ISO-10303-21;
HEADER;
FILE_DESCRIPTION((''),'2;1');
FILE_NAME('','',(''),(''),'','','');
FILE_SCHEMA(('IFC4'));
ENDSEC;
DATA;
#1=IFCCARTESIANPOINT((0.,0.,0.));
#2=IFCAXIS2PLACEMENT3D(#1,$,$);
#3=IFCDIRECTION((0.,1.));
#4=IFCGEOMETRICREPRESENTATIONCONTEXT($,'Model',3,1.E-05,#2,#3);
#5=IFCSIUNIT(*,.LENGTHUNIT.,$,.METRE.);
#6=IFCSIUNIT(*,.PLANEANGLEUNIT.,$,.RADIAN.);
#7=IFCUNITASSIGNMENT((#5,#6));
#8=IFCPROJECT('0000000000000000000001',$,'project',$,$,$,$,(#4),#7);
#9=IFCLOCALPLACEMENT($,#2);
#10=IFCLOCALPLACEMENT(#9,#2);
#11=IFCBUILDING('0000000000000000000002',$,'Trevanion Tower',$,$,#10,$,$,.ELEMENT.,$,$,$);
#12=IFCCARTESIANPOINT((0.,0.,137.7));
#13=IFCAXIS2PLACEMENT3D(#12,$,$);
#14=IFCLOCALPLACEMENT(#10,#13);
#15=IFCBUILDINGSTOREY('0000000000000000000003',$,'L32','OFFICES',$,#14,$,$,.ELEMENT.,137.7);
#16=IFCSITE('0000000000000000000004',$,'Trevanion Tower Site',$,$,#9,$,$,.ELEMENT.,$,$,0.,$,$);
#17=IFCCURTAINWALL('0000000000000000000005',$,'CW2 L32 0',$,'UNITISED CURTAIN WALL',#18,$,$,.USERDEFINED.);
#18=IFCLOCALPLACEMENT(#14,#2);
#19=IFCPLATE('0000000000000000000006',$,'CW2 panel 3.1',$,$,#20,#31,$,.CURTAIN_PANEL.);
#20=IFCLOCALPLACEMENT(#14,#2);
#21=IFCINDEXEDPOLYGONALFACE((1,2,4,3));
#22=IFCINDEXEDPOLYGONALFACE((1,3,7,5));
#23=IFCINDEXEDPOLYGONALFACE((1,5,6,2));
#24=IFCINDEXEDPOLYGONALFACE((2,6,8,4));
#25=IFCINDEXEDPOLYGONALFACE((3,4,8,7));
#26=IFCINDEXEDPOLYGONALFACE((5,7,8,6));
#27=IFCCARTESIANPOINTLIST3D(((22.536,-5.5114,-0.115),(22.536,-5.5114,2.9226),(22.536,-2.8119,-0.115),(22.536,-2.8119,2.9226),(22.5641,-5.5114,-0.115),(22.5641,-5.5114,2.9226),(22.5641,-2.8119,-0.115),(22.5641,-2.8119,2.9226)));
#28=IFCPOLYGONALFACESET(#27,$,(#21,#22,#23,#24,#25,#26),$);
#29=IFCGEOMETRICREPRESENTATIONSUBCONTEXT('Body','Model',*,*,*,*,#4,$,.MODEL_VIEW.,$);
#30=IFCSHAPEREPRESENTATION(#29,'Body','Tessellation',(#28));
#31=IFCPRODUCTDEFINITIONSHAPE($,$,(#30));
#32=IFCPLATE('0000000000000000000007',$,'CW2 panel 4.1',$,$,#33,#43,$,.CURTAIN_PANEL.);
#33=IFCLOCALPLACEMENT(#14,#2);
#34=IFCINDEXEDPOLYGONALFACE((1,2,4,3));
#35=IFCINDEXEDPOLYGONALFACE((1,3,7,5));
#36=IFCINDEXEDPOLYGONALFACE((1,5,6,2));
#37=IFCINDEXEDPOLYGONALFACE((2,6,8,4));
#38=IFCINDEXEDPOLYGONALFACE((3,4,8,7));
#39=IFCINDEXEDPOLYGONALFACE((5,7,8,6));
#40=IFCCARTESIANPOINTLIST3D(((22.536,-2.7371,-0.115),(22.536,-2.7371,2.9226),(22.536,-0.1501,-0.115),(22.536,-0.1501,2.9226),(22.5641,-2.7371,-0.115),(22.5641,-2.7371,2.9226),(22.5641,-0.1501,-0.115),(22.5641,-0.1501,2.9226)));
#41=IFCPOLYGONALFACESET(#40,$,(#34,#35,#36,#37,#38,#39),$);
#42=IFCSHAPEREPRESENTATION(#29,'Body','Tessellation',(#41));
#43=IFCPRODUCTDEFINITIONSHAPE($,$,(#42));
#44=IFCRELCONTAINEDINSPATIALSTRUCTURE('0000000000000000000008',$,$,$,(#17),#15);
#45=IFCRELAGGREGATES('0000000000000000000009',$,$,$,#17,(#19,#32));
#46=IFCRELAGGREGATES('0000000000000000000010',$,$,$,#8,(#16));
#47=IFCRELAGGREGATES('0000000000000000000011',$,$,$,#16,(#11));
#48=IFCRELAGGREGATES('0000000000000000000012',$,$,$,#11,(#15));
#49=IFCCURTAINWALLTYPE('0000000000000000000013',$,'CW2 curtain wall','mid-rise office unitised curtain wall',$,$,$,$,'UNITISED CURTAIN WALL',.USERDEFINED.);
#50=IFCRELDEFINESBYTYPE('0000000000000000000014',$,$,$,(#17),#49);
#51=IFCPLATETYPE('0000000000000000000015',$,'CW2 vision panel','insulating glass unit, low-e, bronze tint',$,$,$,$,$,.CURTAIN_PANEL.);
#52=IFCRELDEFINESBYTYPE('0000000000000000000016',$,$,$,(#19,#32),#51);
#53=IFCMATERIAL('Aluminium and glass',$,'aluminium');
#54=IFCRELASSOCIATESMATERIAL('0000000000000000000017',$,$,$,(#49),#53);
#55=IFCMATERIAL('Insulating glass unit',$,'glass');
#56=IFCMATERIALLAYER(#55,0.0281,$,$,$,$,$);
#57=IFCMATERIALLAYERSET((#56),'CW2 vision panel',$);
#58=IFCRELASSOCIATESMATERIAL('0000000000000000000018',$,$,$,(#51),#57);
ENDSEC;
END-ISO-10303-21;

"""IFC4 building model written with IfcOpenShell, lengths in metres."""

from ifc_helpers import new_model, si_unit, direction, frame, origin, origin_2d, place, context, subcontext, project, spatial, rectangle, extrude, material, layer, layer_set, type_object, element, aggregate, save


model = new_model("IFC4")

# Units and contexts
model_context = context("Model", 3, precision=1e-05, world=origin(), true_north=direction((0.0, 1.0)))
body_context = subcontext(model_context, "Body", "Model", "MODEL_VIEW")
ifc_project = project(units=[si_unit("LENGTHUNIT", "METRE"), si_unit("PLANEANGLEUNIT", "RADIAN")], contexts=[model_context])

# Site, building, storey
site_placement = place(None, origin())
site = spatial("IfcSite", under=ifc_project, at=site_placement, Name="Trevanion Tower Site", CompositionType="ELEMENT", RefElevation=0.0)
building_placement = place(site_placement, origin())
building = spatial("IfcBuilding", under=site, at=building_placement, Name="Trevanion Tower", CompositionType="ELEMENT")
storey_placement = place(building_placement, frame((0.0, 0.0, 137.7)))
storey = spatial("IfcBuildingStorey", under=building, at=storey_placement, Name="L32", Description="OFFICES", CompositionType="ELEMENT", Elevation=137.7)

# Curtain wall, plates
ifc_material_1 = material(Name="Aluminium and glass", Category="aluminium")
curtain_wall_type = type_object("IfcCurtainWallType", Name="CW2 curtain wall", Description="mid-rise office unitised curtain wall", ElementType="UNITISED CURTAIN WALL", PredefinedType="USERDEFINED", material=ifc_material_1)
curtain_wall_placement = place(storey_placement, origin())
curtain_wall = element("IfcCurtainWall", 1, at=curtain_wall_placement, inside=storey, type_object=curtain_wall_type, Name="CW2 L32 0", ObjectType="UNITISED CURTAIN WALL", PredefinedType="USERDEFINED")
ifc_material_2 = material(Name="Insulating glass unit", Category="glass")
ifc_layer_1 = layer(ifc_material_2, 0.0281)
ifc_layer_set_1 = layer_set([ifc_layer_1], Name="CW2 vision panel")
plate_type_1 = type_object("IfcPlateType", Name="CW2 vision panel", Description="insulating glass unit, low-e, bronze tint", PredefinedType="CURTAIN_PANEL", material=ifc_layer_set_1)
plate_1_placement = place(storey_placement, frame((22.55, -4.1616, -0.115), z_axis=(0.0, 0.0, 1.0), x_axis=(0.0, 1.0, 0.0)))
plate_1 = element("IfcPlate", 2, at=plate_1_placement, type_object=plate_type_1, Name="CW2 panel 3.1", PredefinedType="CURTAIN_PANEL", context=body_context, shape_type="SweptSolid", body=[
    extrude(rectangle(XDim=2.6995, YDim=0.0281, at=origin_2d()), origin(), (0.0, 0.0, 1.0), 3.0376),
])
plate_2_placement = place(storey_placement, frame((22.55, -1.4436, -0.115), z_axis=(0.0, 0.0, 1.0), x_axis=(0.0, 1.0, 0.0)))
plate_2 = element("IfcPlate", 3, at=plate_2_placement, type_object=plate_type_1, Name="CW2 panel 4.1", PredefinedType="CURTAIN_PANEL", context=body_context, shape_type="SweptSolid", body=[
    extrude(rectangle(XDim=2.5869, YDim=0.0281, at=origin_2d()), origin(), (0.0, 0.0, 1.0), 3.0376),
])
aggregate(curtain_wall, [plate_1, plate_2])

save(model, "model.ifc")
